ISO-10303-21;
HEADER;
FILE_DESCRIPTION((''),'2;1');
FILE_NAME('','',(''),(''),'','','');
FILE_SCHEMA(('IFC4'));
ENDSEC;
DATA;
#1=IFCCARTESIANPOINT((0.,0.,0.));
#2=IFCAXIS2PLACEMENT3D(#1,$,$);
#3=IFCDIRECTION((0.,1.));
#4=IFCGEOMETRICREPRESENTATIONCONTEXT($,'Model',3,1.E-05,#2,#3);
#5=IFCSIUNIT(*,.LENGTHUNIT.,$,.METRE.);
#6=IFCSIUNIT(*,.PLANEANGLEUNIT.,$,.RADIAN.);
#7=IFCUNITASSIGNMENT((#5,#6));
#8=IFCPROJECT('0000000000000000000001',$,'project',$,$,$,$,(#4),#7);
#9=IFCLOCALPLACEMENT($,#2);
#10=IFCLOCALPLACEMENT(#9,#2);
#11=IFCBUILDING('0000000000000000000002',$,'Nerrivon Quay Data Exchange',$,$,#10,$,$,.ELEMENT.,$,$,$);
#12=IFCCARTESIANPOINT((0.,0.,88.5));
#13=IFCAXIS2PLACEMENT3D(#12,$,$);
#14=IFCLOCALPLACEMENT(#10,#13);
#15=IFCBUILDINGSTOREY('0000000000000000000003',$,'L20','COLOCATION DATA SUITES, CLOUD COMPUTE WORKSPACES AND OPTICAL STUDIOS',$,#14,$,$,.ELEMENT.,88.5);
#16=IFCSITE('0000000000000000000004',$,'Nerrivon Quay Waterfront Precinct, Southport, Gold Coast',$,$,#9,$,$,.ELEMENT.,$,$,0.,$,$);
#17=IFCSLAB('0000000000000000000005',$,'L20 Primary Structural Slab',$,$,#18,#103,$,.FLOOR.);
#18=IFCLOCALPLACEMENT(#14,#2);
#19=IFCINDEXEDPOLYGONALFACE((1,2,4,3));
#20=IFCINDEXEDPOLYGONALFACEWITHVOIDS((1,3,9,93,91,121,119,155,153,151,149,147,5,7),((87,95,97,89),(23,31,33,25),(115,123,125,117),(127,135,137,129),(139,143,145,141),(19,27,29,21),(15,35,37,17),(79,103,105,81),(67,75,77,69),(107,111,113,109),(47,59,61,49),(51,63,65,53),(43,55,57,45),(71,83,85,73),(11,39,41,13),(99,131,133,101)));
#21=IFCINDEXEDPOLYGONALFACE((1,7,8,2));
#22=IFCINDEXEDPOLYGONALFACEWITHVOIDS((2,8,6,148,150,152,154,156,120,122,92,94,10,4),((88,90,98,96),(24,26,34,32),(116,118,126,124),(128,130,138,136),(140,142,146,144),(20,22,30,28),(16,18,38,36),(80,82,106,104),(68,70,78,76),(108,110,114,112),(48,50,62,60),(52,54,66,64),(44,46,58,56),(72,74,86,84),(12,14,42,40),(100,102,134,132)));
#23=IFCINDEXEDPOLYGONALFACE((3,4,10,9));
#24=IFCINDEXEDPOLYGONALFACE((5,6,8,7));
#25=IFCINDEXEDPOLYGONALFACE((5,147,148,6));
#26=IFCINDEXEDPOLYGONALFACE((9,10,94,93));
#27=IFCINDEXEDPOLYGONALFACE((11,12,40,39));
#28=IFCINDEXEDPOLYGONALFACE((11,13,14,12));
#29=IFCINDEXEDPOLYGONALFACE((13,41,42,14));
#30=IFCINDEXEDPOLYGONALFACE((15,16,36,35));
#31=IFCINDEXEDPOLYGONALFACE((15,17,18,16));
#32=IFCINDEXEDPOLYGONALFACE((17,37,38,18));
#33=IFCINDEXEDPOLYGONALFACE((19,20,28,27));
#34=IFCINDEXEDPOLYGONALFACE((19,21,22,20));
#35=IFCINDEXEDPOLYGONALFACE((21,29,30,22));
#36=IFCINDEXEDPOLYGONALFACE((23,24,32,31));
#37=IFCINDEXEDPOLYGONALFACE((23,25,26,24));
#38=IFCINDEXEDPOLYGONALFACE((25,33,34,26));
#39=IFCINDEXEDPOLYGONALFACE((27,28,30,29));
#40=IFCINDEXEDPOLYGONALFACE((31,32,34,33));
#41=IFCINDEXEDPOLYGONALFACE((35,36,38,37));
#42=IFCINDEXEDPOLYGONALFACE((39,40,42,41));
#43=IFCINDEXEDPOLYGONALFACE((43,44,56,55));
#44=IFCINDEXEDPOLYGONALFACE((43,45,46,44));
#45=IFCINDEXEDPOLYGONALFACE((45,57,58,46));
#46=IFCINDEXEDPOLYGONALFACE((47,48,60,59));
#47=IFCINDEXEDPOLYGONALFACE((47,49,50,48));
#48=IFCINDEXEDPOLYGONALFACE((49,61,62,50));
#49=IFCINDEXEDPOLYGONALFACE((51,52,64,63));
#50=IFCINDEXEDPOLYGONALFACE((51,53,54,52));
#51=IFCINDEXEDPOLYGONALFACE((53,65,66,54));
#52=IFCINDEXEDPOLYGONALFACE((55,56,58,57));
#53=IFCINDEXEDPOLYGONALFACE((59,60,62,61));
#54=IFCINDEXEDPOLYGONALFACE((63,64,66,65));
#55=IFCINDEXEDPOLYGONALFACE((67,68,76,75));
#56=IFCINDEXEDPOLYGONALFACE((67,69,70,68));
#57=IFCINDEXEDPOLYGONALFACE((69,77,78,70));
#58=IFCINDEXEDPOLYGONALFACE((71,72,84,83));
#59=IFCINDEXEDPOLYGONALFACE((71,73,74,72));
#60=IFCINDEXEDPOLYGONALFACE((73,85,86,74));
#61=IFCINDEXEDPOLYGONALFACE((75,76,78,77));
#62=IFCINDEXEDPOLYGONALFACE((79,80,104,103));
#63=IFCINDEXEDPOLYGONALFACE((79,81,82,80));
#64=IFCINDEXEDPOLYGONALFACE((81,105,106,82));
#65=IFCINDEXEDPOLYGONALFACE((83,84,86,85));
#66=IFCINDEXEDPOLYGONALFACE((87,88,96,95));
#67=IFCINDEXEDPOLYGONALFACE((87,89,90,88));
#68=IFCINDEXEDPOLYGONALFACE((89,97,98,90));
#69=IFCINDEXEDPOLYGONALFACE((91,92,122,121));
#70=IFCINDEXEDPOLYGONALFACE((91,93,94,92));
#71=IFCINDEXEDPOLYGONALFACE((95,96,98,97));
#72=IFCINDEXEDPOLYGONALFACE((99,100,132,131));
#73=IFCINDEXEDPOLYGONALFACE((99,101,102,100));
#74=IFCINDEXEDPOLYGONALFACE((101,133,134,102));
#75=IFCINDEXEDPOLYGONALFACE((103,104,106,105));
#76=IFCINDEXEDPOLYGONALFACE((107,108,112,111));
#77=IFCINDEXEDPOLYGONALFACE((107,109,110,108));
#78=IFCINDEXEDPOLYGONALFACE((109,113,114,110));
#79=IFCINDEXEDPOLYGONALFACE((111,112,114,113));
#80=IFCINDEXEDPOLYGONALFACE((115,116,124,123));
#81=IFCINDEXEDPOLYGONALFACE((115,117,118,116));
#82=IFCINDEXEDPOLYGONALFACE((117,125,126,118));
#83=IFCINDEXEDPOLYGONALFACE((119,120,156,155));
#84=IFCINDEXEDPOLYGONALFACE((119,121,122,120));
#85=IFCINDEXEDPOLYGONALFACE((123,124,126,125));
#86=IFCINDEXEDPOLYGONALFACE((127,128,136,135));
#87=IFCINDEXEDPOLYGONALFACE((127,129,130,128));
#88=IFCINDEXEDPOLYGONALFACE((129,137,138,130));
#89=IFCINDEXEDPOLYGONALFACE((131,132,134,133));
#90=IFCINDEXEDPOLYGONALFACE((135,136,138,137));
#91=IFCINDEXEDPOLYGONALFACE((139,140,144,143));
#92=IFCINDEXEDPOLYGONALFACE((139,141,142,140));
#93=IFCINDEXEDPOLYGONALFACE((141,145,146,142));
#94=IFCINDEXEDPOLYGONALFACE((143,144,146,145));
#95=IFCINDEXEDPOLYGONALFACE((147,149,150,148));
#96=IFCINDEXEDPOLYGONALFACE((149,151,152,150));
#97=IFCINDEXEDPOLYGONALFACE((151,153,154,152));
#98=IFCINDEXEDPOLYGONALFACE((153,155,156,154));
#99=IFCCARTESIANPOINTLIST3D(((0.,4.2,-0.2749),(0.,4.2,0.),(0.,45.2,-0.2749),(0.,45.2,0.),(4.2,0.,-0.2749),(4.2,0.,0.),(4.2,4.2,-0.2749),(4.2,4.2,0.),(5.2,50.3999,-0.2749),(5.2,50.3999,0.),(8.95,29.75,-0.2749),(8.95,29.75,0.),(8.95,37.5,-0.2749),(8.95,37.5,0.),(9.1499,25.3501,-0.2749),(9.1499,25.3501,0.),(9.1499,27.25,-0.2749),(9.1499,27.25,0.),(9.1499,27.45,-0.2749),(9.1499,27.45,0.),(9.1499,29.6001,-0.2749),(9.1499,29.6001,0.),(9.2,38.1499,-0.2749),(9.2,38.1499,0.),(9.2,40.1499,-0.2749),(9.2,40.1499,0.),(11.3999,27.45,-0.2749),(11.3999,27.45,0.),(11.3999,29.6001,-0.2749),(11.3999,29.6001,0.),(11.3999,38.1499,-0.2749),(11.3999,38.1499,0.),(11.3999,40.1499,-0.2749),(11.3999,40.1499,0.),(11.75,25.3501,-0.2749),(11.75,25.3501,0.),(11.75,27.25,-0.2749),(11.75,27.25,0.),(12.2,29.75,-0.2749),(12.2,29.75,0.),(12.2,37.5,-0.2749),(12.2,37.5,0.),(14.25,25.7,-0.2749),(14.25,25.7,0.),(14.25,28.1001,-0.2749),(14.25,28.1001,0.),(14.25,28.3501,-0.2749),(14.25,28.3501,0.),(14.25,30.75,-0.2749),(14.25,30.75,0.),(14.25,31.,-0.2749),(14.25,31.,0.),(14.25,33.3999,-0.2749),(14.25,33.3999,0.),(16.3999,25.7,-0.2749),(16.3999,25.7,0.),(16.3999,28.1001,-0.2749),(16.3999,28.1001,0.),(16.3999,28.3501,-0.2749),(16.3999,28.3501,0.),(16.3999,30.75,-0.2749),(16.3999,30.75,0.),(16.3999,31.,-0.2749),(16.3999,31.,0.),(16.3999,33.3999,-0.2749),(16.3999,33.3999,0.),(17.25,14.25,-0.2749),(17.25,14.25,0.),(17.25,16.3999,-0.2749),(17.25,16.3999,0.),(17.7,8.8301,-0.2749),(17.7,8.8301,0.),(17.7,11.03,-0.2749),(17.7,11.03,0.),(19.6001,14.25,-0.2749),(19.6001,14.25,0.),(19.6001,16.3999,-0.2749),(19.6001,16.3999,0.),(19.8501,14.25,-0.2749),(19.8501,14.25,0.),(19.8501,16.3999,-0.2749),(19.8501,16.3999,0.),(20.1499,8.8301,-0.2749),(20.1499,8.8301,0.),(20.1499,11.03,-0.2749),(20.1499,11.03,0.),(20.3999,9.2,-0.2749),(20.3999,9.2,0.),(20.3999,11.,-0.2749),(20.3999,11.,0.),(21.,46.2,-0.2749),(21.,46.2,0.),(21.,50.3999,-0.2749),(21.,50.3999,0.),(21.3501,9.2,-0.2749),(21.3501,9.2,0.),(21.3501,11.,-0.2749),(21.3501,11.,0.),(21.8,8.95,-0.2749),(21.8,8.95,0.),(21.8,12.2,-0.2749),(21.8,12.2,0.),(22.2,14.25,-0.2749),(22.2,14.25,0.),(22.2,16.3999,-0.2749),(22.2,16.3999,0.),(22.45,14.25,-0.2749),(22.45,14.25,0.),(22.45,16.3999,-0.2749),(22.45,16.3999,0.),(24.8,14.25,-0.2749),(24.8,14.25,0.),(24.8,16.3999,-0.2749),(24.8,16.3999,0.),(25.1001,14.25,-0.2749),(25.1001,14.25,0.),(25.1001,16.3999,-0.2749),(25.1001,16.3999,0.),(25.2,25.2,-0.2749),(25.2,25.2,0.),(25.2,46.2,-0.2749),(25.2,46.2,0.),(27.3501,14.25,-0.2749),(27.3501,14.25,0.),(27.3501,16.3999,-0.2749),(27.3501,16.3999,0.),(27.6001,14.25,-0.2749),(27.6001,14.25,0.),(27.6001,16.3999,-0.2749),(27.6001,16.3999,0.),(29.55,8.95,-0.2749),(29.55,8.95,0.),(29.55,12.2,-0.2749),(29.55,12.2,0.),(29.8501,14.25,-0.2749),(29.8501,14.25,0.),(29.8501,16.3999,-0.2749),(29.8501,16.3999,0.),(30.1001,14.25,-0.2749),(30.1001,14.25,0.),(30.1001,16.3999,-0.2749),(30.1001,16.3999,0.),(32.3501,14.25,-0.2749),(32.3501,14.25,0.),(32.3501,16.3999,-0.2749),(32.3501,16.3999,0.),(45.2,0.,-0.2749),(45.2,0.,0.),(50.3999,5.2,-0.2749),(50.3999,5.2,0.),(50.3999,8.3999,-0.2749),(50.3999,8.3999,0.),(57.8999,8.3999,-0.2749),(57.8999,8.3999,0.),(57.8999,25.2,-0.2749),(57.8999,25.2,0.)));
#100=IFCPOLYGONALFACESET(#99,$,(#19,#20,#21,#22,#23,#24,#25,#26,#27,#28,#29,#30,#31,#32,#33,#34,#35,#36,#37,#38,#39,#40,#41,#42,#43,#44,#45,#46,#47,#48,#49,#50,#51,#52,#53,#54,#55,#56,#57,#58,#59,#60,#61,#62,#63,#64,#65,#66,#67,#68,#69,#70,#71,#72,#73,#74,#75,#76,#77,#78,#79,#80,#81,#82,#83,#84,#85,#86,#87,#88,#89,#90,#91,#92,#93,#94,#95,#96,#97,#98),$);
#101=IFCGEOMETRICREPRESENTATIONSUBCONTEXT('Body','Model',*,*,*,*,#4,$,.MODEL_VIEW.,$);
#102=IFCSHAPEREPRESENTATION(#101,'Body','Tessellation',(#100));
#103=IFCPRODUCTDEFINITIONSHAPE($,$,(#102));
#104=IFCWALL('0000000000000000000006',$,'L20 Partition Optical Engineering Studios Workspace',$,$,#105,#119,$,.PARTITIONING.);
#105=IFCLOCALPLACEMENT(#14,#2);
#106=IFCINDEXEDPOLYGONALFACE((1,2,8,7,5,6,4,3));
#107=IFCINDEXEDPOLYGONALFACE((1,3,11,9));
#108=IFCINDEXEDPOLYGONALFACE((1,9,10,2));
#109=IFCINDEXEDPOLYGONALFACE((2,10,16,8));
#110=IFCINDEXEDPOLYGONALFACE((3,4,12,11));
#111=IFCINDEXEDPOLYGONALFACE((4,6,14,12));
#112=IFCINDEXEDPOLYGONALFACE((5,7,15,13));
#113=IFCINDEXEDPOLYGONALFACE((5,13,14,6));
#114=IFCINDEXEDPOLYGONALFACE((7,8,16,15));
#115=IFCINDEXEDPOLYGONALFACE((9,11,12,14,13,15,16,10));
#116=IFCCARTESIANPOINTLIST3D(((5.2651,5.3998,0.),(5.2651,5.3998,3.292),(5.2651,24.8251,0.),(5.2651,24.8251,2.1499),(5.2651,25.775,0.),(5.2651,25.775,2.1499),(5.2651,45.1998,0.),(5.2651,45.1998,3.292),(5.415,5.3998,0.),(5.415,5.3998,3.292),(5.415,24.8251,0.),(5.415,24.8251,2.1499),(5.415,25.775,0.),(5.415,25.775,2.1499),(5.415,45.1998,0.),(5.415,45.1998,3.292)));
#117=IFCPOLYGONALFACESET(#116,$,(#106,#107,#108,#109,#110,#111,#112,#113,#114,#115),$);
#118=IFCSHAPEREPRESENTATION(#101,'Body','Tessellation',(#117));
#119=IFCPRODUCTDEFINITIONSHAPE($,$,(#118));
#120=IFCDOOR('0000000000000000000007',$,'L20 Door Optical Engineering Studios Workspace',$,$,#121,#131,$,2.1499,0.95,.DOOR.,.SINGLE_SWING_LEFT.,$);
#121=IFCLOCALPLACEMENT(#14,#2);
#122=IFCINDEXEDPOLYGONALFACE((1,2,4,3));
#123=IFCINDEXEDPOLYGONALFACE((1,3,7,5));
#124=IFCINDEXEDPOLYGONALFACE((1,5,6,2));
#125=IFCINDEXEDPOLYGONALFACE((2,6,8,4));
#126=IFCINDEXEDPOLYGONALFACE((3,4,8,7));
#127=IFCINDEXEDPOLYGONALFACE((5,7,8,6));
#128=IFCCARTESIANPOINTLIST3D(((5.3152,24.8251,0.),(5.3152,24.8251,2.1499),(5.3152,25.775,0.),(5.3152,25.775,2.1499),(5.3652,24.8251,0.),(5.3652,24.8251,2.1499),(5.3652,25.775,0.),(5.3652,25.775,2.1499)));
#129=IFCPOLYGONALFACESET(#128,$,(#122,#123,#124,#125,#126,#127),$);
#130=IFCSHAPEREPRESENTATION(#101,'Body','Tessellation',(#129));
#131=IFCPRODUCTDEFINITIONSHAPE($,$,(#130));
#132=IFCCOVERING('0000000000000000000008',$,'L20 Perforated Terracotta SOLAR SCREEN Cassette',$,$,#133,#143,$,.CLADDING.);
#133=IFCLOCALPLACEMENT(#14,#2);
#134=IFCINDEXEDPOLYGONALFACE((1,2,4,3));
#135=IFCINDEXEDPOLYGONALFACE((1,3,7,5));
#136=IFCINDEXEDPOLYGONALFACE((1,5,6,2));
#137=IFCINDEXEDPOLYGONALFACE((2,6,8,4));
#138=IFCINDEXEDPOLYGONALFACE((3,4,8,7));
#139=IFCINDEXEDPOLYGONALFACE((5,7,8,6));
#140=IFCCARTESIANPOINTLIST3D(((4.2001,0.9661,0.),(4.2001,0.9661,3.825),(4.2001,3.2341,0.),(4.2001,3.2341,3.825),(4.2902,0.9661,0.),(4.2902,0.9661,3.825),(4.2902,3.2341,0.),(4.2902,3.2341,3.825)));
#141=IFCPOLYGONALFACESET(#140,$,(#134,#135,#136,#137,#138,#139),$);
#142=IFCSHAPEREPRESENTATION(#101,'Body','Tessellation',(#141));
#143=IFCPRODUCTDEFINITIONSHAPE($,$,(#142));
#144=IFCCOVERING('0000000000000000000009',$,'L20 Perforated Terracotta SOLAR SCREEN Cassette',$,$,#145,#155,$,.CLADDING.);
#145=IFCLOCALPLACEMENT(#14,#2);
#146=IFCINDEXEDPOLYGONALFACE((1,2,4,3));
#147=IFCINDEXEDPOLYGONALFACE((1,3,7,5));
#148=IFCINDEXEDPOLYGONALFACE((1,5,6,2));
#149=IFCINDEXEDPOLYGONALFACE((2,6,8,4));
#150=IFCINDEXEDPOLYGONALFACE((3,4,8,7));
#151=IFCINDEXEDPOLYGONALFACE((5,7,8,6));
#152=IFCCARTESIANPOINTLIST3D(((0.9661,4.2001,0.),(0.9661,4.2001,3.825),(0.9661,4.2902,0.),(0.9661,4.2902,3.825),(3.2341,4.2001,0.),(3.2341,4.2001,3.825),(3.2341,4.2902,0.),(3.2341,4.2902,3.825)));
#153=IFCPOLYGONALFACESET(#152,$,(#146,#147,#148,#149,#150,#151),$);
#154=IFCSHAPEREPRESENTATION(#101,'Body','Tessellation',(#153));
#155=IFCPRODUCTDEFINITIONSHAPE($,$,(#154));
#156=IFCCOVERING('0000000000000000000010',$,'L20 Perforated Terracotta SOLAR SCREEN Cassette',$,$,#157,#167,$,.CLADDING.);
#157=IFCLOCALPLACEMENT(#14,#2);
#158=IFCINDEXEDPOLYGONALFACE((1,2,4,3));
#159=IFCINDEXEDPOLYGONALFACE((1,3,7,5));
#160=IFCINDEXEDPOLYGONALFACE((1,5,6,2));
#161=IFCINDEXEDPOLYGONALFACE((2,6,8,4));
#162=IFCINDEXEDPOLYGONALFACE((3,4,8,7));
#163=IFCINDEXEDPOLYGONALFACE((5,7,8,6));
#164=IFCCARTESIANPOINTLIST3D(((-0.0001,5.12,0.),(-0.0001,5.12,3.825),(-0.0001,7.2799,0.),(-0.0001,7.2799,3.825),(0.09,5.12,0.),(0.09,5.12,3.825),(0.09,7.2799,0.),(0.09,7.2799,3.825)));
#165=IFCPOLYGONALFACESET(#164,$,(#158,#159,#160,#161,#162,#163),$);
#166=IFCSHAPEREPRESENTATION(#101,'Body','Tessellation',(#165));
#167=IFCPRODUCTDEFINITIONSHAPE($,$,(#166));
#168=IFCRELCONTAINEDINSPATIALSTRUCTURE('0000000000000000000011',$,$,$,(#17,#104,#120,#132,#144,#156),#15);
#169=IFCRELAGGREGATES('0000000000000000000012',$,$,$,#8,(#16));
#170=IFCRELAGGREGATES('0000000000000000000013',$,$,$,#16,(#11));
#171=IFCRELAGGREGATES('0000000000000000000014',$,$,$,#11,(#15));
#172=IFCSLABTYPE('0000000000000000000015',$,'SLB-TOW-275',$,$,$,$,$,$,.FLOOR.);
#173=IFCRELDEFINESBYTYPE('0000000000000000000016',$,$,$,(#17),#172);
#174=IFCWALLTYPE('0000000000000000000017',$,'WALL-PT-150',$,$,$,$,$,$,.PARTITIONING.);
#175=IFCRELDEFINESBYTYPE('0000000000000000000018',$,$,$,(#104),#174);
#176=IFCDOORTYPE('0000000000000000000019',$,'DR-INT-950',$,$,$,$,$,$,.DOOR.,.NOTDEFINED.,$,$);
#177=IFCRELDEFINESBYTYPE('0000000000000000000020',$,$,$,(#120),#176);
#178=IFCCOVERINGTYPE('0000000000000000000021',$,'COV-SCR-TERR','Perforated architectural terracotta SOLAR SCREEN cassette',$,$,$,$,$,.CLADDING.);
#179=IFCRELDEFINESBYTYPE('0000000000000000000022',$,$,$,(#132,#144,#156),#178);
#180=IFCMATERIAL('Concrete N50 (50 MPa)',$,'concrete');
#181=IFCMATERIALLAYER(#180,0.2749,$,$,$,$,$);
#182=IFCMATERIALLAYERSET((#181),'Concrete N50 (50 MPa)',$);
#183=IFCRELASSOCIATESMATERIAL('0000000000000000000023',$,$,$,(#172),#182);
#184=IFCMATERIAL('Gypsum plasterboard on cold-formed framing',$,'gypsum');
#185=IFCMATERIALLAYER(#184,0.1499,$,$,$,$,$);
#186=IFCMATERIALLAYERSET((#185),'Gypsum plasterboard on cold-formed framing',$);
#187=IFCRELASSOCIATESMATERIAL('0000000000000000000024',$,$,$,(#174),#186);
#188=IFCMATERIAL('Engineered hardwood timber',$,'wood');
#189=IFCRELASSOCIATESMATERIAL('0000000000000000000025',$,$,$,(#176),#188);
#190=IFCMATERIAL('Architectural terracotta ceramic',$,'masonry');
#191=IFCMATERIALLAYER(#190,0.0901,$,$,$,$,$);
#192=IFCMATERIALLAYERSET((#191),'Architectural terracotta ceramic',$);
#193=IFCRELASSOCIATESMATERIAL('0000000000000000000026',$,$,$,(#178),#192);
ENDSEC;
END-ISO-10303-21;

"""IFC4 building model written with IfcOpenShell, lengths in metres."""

from ifc_helpers import new_model, si_unit, direction, frame, frame_2d, origin, origin_2d, place, context, subcontext, project, spatial, polyline, rectangle, outline, extrude, material, layer, layer_set, type_object, element, fill, save


model = new_model("IFC4")

# Units and contexts
model_context = context("Model", 3, precision=1e-05, world=origin(), true_north=direction((0.0, 1.0)))
body_context = subcontext(model_context, "Body", "Model", "MODEL_VIEW")
ifc_project = project(units=[si_unit("LENGTHUNIT", "METRE"), si_unit("PLANEANGLEUNIT", "RADIAN")], contexts=[model_context])

# Site, building, storey
site_placement = place(None, origin())
site = spatial("IfcSite", under=ifc_project, at=site_placement, Name="Nerrivon Quay Waterfront Precinct, Southport, Gold Coast", CompositionType="ELEMENT", RefElevation=0.0)
building_placement = place(site_placement, origin())
building = spatial("IfcBuilding", under=site, at=building_placement, Name="Nerrivon Quay Data Exchange", CompositionType="ELEMENT")
storey_placement = place(building_placement, frame((0.0, 0.0, 88.5)))
storey = spatial("IfcBuildingStorey", under=building, at=storey_placement, Name="L20", Description="COLOCATION DATA SUITES, CLOUD COMPUTE WORKSPACES AND OPTICAL STUDIOS", CompositionType="ELEMENT", Elevation=88.5)

# Shared definitions
ifc_material_1 = material(Name="Concrete N50 (50 MPa)", Category="concrete")

# Slab
ifc_layer_1 = layer(ifc_material_1, 0.2749)
ifc_layer_set_1 = layer_set([ifc_layer_1], Name="Concrete N50 (50 MPa)")
slab_type_1 = type_object("IfcSlabType", Name="SLB-TOW-275", PredefinedType="FLOOR", material=ifc_layer_set_1)
slab_1_placement = place(storey_placement, frame((0.0, 0.0, -0.2749)))
element("IfcSlab", 1, at=slab_1_placement, inside=storey, type_object=slab_type_1, Name="L20 Primary Structural Slab", PredefinedType="FLOOR", context=body_context, shape_type="SweptSolid", body=[
    extrude(outline(polyline([(25.2, 25.2), (25.2, 46.2), (21.0, 46.2), (21.0, 50.3999), (5.2, 50.3999), (0.0, 45.2), (0.0, 4.2), (4.2, 4.2), (4.2, 0.0), (45.2, 0.0), (50.3999, 5.2), (50.3999, 8.3999), (57.8999, 8.3999), (57.8999, 25.2), (25.2, 25.2)]), holes=[polyline([(8.95, 29.75), (8.95, 37.5), (12.2, 37.5), (12.2, 29.75), (8.95, 29.75)]), polyline([(21.8, 12.2), (29.55, 12.2), (29.55, 8.95), (21.8, 8.95), (21.8, 12.2)]), polyline([(30.1001, 16.3999), (32.3501, 16.3999), (32.3501, 14.25), (30.1001, 14.25), (30.1001, 16.3999)]), polyline([(27.6001, 16.3999), (29.8501, 16.3999), (29.8501, 14.25), (27.6001, 14.25), (27.6001, 16.3999)]), polyline([(25.1001, 16.3999), (27.3501, 16.3999), (27.3501, 14.25), (25.1001, 14.25), (25.1001, 16.3999)]), polyline([(22.45, 16.3999), (24.8, 16.3999), (24.8, 14.25), (22.45, 14.25), (22.45, 16.3999)]), polyline([(19.8501, 16.3999), (22.2, 16.3999), (22.2, 14.25), (19.8501, 14.25), (19.8501, 16.3999)]), polyline([(20.3999, 11.0), (21.3501, 11.0), (21.3501, 9.2), (20.3999, 9.2), (20.3999, 11.0)]), polyline([(17.7, 8.8301), (17.7, 11.03), (20.1499, 11.03), (20.1499, 8.8301), (17.7, 8.8301)]), polyline([(17.25, 14.25), (17.25, 16.3999), (19.6001, 16.3999), (19.6001, 14.25), (17.25, 14.25)]), polyline([(14.25, 28.1001), (16.3999, 28.1001), (16.3999, 25.7), (14.25, 25.7), (14.25, 28.1001)]), polyline([(14.25, 30.75), (16.3999, 30.75), (16.3999, 28.3501), (14.25, 28.3501), (14.25, 30.75)]), polyline([(14.25, 33.3999), (16.3999, 33.3999), (16.3999, 31.0), (14.25, 31.0), (14.25, 33.3999)]), polyline([(9.1499, 27.25), (11.75, 27.25), (11.75, 25.3501), (9.1499, 25.3501), (9.1499, 27.25)]), polyline([(9.1499, 29.6001), (11.3999, 29.6001), (11.3999, 27.45), (9.1499, 27.45), (9.1499, 29.6001)]), polyline([(9.2, 40.1499), (11.3999, 40.1499), (11.3999, 38.1499), (9.2, 38.1499), (9.2, 40.1499)])]), origin(), (0.0, 0.0, 1.0), 0.2749),
])

# Wall, opening, door
ifc_material_2 = material(Name="Gypsum plasterboard on cold-formed framing", Category="gypsum")
ifc_layer_2 = layer(ifc_material_2, 0.1499)
ifc_layer_set_2 = layer_set([ifc_layer_2], Name="Gypsum plasterboard on cold-formed framing")
wall_type = type_object("IfcWallType", Name="WALL-PT-150", PredefinedType="PARTITIONING", material=ifc_layer_set_2)
wall_placement = place(storey_placement, frame((5.3401, 5.3999, 0.0), z_axis=(0.0, 0.0, 1.0), x_axis=(0.0, 1.0, 0.0)))
wall = element("IfcWall", 2, at=wall_placement, inside=storey, type_object=wall_type, Name="L20 Partition Optical Engineering Studios Workspace", PredefinedType="PARTITIONING", context=body_context, shape_type="SweptSolid", body=[
    extrude(rectangle(XDim=39.8, YDim=0.1499, at=frame_2d((19.8999, 0.0))), origin(), (0.0, 0.0, 1.0), 3.292),
])
opening_placement = place(wall_placement, frame((19.425, 0.0, 0.0)))
opening = element("IfcOpeningElement", 3, at=opening_placement, cuts=wall, PredefinedType="OPENING", context=body_context, shape_type="SweptSolid", body=[
    extrude(rectangle(XDim=0.95, YDim=2.1499, at=frame_2d((0.4751, 1.075))), frame((0.0, 0.085, 0.0), z_axis=(0.0, -1.0, 0.0), x_axis=(1.0, 0.0, 0.0)), (0.0, 0.0, 1.0), 0.1699),
])
ifc_material_3 = material(Name="Engineered hardwood timber", Category="wood")
door_type = type_object("IfcDoorType", Name="DR-INT-950", OperationType="NOTDEFINED", PredefinedType="DOOR", material=ifc_material_3)
door_placement = place(opening_placement, origin())
door = element("IfcDoor", 4, at=door_placement, inside=storey, type_object=door_type, Name="L20 Door Optical Engineering Studios Workspace", OperationType="SINGLE_SWING_LEFT", OverallHeight=2.1499, OverallWidth=0.95, PredefinedType="DOOR", context=body_context, shape_type="SweptSolid", body=[
    extrude(rectangle(XDim=0.95, YDim=2.1499, at=frame_2d((0.4751, 1.075))), frame((0.0, 0.0249, 0.0), z_axis=(0.0, -1.0, 0.0), x_axis=(1.0, 0.0, 0.0)), (0.0, 0.0, 1.0), 0.05),
])
fill(opening, door)

# Coverings
ifc_material_4 = material(Name="Architectural terracotta ceramic", Category="masonry")
ifc_layer_3 = layer(ifc_material_4, 0.0901)
ifc_layer_set_3 = layer_set([ifc_layer_3], Name="Architectural terracotta ceramic")
covering_type = type_object("IfcCoveringType", Name="COV-SCR-TERR", Description="Perforated architectural terracotta SOLAR SCREEN cassette", PredefinedType="CLADDING", material=ifc_layer_set_3)
for number, where, z_axis, x_axis, name in (
    (5, (4.2451, 2.1001, 0.0), (0.0, 0.0, 1.0), (0.0, 1.0, 0.0), "L20 Perforated Terracotta SOLAR SCREEN Cassette"),
    (6, (2.1001, 4.2451, 0.0), (0.0, 0.0, 1.0), (-1.0, 0.0, 0.0), "L20 Perforated Terracotta SOLAR SCREEN Cassette"),
):
    element("IfcCovering", number, at=place(storey_placement, frame(where, z_axis=z_axis, x_axis=x_axis)), inside=storey, type_object=covering_type, Name=name, PredefinedType="CLADDING", context=body_context, shape_type="SweptSolid", body=[
        extrude(rectangle(XDim=2.2681, YDim=0.0901, at=origin_2d()), origin(), (0.0, 0.0, 1.0), 3.825),
    ])
covering_placement = place(storey_placement, frame((0.0449, 6.2, 0.0), z_axis=(0.0, 0.0, 1.0), x_axis=(0.0, 1.0, 0.0)))
element("IfcCovering", 7, at=covering_placement, inside=storey, type_object=covering_type, Name="L20 Perforated Terracotta SOLAR SCREEN Cassette", PredefinedType="CLADDING", context=body_context, shape_type="SweptSolid", body=[
    extrude(rectangle(XDim=2.1599, YDim=0.0901, at=origin_2d()), origin(), (0.0, 0.0, 1.0), 3.825),
])

save(model, "model.ifc")
